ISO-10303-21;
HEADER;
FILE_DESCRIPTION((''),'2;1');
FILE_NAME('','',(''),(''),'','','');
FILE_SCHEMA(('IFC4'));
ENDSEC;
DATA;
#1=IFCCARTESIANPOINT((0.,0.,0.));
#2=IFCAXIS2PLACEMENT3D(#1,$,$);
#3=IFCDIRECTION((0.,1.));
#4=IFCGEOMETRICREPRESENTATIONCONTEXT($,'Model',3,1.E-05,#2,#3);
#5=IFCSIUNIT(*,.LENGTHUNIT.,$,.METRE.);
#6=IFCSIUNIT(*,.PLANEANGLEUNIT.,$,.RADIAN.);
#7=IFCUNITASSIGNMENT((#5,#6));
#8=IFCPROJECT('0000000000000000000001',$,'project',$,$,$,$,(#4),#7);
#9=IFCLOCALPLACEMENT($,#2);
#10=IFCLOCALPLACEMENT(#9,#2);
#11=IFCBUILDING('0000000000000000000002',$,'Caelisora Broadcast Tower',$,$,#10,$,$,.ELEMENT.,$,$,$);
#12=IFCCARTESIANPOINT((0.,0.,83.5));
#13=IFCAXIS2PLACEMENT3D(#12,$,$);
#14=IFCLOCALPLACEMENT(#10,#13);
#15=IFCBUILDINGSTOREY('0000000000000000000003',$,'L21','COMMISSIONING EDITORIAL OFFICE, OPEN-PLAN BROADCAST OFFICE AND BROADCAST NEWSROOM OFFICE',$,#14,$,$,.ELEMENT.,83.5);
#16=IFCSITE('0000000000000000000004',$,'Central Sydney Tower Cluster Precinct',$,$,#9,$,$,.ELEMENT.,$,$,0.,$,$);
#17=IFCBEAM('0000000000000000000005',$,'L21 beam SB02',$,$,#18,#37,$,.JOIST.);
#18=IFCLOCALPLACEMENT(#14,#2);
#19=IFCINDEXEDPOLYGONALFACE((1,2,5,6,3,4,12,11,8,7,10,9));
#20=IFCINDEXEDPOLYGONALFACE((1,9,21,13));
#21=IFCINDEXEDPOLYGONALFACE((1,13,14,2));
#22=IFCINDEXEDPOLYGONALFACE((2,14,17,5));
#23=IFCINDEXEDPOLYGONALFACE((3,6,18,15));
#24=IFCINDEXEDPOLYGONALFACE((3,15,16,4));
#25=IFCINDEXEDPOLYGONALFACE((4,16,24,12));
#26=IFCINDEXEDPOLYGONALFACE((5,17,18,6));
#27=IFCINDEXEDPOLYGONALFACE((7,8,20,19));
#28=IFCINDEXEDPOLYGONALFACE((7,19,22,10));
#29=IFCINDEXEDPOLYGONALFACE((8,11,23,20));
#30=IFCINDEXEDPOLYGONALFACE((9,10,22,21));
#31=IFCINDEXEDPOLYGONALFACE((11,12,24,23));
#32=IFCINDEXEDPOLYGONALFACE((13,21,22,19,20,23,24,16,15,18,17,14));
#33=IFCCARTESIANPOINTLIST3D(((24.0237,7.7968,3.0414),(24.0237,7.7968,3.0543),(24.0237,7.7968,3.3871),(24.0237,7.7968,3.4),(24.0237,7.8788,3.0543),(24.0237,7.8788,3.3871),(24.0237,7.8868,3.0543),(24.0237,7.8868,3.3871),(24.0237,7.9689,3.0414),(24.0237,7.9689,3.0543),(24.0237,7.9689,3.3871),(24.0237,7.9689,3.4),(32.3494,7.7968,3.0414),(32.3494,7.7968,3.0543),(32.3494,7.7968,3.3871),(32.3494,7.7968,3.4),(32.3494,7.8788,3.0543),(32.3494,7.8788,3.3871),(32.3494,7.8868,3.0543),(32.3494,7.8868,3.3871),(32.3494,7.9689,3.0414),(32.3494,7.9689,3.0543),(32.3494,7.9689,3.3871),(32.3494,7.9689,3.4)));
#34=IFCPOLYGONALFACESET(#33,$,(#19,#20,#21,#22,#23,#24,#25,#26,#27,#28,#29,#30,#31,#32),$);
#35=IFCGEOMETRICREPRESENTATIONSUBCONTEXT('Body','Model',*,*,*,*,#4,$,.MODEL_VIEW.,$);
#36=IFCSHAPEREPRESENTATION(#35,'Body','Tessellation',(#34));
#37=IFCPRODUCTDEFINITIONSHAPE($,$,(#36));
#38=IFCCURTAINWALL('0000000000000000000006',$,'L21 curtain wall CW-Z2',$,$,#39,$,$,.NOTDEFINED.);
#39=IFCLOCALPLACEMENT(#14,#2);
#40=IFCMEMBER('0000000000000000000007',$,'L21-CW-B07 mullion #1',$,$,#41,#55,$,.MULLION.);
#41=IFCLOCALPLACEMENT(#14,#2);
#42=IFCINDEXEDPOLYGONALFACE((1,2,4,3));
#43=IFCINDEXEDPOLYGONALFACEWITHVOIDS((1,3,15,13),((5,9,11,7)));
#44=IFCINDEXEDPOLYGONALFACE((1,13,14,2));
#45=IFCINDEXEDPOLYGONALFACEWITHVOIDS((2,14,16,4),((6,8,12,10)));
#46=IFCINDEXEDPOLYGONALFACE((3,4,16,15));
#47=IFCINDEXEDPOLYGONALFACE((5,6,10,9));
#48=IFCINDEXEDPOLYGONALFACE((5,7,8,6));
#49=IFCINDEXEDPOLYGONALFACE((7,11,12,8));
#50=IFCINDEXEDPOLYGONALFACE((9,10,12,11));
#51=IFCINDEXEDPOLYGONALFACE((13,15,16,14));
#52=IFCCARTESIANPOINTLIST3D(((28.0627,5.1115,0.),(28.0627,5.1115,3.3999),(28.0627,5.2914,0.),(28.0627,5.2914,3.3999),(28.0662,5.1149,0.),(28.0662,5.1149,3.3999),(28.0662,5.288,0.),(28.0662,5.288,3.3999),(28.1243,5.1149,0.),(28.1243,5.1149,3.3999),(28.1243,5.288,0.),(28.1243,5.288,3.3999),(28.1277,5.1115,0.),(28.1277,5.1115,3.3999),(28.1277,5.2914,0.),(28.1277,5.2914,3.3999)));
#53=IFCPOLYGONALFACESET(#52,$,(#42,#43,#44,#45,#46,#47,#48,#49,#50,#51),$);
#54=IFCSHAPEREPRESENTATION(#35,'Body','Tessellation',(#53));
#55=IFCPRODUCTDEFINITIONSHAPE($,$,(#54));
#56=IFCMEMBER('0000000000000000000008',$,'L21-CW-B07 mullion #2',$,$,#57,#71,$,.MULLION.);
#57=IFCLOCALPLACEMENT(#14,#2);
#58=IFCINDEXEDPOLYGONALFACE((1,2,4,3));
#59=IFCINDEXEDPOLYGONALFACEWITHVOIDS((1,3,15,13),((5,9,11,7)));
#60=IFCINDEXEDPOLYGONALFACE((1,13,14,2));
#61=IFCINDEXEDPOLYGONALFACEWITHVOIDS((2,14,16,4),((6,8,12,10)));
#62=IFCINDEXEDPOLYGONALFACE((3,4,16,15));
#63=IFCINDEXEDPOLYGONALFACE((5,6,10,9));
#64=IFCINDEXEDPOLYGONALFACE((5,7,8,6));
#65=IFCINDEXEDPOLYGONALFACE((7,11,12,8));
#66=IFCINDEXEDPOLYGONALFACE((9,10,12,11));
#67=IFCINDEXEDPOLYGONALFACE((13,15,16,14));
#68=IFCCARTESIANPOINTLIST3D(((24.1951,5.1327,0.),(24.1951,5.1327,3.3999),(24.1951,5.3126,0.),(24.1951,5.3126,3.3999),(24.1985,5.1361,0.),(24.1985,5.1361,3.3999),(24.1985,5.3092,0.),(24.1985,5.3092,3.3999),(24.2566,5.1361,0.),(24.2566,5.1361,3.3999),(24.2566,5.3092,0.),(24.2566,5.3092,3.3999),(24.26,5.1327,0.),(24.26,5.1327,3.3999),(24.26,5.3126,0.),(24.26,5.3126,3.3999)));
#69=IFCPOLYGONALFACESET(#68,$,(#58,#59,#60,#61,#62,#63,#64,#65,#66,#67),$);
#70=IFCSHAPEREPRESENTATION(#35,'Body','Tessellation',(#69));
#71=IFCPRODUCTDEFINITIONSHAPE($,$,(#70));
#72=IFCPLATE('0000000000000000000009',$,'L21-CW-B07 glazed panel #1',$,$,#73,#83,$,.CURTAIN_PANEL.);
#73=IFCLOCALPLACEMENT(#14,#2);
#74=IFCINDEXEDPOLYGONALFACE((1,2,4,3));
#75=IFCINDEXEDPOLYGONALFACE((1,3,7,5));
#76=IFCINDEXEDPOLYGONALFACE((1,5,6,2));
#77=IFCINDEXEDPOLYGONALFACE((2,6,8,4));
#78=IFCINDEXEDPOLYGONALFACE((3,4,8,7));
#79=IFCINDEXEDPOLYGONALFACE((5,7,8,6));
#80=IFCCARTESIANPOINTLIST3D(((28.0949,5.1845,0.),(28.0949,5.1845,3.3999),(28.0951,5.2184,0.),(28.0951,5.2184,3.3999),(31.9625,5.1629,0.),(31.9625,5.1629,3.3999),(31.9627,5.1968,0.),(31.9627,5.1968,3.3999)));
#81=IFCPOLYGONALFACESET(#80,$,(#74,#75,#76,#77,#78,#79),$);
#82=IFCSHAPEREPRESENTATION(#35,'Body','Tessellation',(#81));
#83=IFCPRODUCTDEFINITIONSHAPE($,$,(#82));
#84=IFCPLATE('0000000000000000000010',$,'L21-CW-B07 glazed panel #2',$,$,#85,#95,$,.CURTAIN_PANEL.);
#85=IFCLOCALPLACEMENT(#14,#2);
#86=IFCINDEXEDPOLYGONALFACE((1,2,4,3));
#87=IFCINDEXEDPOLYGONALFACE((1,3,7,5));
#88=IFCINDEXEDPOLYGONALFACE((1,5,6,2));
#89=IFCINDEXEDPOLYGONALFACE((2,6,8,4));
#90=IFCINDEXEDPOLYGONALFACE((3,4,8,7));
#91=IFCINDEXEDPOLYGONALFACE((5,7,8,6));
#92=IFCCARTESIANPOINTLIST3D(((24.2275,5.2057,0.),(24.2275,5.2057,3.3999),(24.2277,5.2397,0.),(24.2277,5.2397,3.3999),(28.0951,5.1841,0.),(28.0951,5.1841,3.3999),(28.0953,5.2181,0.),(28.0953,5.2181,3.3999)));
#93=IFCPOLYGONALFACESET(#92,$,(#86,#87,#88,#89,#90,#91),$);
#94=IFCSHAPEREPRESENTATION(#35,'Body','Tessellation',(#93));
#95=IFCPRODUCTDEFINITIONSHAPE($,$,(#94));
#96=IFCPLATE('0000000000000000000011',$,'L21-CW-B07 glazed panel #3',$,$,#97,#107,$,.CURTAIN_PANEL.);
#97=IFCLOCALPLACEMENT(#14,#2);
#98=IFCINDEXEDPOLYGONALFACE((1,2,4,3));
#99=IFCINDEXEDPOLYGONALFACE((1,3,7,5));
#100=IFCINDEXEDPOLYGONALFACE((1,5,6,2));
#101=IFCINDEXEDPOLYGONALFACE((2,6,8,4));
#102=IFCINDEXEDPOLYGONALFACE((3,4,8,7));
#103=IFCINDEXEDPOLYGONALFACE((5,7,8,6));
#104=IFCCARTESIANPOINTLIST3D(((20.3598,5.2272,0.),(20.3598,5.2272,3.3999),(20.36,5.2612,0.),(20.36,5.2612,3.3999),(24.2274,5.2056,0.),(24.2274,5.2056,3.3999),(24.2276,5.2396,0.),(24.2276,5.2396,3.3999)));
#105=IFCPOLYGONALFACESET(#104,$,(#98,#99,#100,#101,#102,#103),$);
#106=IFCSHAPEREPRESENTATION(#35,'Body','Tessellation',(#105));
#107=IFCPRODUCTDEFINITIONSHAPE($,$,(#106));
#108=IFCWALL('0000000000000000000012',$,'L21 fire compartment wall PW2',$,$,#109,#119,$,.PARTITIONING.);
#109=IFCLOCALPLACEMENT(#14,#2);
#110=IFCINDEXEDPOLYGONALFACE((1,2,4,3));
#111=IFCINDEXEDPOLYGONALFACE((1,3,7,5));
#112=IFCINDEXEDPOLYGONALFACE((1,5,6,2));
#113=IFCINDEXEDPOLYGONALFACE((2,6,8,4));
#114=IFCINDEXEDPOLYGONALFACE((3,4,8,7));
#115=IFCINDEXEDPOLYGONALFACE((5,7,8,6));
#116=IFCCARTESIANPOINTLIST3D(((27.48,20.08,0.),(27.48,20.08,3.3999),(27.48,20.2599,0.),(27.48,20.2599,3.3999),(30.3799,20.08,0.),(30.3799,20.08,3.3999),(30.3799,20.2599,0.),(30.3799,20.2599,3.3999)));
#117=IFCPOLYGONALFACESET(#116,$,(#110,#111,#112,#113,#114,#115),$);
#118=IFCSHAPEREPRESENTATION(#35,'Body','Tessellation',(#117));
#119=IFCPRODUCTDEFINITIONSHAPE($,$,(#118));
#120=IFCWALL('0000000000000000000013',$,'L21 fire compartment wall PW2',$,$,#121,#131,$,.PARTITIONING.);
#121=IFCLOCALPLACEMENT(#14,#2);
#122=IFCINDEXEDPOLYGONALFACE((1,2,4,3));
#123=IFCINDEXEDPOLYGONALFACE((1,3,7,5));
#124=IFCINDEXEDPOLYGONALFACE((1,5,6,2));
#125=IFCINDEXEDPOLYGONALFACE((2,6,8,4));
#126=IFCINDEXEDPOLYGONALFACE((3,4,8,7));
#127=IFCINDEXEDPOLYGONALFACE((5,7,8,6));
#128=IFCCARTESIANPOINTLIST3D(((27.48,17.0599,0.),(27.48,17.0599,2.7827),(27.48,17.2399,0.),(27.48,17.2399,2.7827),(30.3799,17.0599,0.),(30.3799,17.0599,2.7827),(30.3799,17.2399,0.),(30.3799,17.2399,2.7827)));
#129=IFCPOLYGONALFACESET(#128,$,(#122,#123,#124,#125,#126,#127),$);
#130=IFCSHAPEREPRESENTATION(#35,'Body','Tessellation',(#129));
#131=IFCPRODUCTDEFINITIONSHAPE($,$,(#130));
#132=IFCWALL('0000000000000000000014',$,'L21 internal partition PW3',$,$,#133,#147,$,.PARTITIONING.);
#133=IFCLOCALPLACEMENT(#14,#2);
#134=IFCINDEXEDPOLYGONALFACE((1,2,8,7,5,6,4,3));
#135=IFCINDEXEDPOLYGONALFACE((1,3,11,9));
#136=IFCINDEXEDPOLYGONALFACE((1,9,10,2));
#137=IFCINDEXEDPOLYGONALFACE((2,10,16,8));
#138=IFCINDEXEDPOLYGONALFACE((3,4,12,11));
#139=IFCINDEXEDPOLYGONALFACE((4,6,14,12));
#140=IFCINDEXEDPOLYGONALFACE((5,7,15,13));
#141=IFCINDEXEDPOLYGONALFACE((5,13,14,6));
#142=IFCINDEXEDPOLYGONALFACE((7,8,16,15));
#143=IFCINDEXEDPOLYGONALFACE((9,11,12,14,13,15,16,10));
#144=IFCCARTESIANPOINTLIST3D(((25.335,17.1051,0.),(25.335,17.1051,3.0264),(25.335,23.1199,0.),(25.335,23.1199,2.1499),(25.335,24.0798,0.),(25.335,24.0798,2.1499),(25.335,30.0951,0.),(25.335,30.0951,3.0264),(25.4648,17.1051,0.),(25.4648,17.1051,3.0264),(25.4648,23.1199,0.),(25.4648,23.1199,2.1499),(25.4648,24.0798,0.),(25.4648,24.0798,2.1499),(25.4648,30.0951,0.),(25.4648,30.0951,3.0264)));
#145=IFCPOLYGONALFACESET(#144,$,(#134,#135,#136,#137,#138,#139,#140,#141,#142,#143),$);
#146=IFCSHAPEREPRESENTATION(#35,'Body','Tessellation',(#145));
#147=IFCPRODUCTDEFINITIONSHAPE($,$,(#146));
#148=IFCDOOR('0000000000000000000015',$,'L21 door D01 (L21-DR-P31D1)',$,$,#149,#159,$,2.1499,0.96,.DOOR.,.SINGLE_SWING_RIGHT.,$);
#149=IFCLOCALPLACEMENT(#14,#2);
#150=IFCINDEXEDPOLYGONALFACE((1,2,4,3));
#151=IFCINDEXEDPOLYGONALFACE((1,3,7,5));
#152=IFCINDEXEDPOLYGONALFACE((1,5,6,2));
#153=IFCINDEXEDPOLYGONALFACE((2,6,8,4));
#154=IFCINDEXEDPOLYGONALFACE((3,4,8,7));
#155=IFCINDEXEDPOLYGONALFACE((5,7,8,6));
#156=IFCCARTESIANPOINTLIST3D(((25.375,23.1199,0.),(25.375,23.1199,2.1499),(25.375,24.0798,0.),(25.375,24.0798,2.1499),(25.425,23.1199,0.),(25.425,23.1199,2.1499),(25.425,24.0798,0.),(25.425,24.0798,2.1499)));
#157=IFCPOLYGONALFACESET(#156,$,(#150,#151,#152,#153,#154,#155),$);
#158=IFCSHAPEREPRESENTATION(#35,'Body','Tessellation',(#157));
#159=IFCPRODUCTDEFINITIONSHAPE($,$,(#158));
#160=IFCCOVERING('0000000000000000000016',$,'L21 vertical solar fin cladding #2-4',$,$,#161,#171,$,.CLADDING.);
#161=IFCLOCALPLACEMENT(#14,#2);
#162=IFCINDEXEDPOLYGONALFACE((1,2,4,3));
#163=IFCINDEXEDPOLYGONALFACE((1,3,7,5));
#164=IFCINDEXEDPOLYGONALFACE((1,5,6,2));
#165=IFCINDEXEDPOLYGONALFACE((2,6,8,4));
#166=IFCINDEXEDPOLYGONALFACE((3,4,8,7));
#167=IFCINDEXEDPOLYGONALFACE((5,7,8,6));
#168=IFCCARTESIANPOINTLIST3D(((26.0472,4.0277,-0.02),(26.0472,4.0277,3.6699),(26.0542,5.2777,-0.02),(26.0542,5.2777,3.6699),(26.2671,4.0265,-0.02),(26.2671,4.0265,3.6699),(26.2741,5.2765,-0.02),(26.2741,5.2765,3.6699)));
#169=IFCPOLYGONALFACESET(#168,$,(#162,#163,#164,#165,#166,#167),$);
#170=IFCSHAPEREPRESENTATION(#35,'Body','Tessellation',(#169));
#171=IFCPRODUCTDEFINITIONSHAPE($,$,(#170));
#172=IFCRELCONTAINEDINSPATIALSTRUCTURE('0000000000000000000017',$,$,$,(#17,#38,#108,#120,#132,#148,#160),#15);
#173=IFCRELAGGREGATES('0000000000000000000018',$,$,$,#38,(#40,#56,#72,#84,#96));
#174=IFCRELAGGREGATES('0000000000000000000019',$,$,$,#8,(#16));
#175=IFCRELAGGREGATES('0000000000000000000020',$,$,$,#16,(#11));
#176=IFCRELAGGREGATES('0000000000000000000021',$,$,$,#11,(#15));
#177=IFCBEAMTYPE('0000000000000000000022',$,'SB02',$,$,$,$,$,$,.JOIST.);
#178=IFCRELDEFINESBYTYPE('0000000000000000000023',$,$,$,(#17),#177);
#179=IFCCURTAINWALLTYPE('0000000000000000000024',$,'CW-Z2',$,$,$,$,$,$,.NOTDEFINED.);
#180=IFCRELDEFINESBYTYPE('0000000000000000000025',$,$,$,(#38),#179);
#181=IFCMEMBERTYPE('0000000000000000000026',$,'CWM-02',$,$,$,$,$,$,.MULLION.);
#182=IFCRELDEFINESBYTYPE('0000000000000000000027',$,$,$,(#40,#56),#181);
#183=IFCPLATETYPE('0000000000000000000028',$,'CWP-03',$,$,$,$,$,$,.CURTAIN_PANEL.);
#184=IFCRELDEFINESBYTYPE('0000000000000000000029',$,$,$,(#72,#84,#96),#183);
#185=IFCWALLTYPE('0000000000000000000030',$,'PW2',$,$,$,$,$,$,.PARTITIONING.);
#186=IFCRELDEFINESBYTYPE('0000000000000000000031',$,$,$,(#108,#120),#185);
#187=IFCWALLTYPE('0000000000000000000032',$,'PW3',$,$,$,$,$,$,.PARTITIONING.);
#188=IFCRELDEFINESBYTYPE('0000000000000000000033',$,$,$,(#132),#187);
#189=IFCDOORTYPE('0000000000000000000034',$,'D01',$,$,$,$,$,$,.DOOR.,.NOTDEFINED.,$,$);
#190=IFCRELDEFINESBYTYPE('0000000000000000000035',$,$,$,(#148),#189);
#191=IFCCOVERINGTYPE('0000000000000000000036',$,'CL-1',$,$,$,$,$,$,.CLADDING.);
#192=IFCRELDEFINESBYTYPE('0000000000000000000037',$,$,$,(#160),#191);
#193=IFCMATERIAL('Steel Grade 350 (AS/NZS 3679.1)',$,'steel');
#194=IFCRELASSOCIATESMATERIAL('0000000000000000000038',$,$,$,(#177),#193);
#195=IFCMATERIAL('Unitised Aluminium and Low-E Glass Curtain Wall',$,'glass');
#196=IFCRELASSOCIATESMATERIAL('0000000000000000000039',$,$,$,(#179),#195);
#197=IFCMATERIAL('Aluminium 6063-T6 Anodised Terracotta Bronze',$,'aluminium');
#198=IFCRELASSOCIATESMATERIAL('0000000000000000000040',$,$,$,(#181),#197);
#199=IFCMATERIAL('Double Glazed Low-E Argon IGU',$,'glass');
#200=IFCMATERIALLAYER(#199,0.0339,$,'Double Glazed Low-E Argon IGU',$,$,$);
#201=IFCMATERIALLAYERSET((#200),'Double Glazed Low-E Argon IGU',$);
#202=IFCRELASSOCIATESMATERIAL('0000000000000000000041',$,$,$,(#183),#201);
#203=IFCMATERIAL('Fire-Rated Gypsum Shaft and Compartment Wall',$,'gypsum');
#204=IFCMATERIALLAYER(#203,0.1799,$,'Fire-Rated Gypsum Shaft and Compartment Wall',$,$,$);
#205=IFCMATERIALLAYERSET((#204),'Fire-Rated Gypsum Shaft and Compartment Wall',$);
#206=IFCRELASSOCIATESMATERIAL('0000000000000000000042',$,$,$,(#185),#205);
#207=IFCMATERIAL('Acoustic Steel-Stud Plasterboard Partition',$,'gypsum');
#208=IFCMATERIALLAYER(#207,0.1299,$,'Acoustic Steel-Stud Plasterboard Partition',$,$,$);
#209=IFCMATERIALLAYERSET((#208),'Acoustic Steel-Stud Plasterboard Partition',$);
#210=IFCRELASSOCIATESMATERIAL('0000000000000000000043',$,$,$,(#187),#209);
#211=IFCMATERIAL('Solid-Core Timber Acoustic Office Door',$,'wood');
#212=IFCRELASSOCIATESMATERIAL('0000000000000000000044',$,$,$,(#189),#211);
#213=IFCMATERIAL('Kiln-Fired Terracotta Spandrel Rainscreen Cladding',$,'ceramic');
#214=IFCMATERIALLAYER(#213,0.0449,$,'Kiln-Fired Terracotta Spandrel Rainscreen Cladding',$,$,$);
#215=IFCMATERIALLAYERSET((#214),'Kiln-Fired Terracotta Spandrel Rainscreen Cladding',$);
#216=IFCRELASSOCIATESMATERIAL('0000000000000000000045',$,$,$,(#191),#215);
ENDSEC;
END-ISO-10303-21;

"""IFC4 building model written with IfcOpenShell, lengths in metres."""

from ifc_helpers import new_model, si_unit, direction, frame, frame_2d, origin, origin_2d, place, context, subcontext, project, spatial, rectangle, hollow_rectangle, i_section, extrude, source, transform, mapped, material, layer, layer_set, material_profile, profile_set, type_object, type_shapes, element, fill, aggregate, save


model = new_model("IFC4")

# Units and contexts
model_context = context("Model", 3, precision=1e-05, world=origin(), true_north=direction((0.0, 1.0)))
body_context = subcontext(model_context, "Body", "Model", "MODEL_VIEW")
ifc_project = project(units=[si_unit("LENGTHUNIT", "METRE"), si_unit("PLANEANGLEUNIT", "RADIAN")], contexts=[model_context])

# Site, building, storey
site_placement = place(None, origin())
site = spatial("IfcSite", under=ifc_project, at=site_placement, Name="Central Sydney Tower Cluster Precinct", CompositionType="ELEMENT", RefElevation=0.0)
building_placement = place(site_placement, origin())
building = spatial("IfcBuilding", under=site, at=building_placement, Name="Caelisora Broadcast Tower", CompositionType="ELEMENT")
storey_placement = place(building_placement, frame((0.0, 0.0, 83.5)))
storey = spatial("IfcBuildingStorey", under=building, at=storey_placement, Name="L21", Description="COMMISSIONING EDITORIAL OFFICE, OPEN-PLAN BROADCAST OFFICE AND BROADCAST NEWSROOM OFFICE", CompositionType="ELEMENT", Elevation=83.5)

# Beam
ifc_material_1 = material(Name="Steel Grade 350 (AS/NZS 3679.1)", Category="steel")
ifc_material_profile_1 = material_profile(ifc_material_1, i_section(OverallWidth=0.1721, OverallDepth=0.3586, WebThickness=0.0081, FlangeThickness=0.0129, at=origin_2d()), Name="Steel Grade 350 (AS/NZS 3679.1)")
ifc_profile_set_1 = profile_set([ifc_material_profile_1], Name="Steel Grade 350 (AS/NZS 3679.1)")
beam_type_1 = type_object("IfcBeamType", Name="SB02", PredefinedType="JOIST", material=ifc_profile_set_1)
shared_shape_1 = source(origin(), body_context, "Body", "SweptSolid", [
    extrude(i_section(OverallWidth=0.1721, OverallDepth=0.3586, WebThickness=0.0081, FlangeThickness=0.0129, at=origin_2d()), origin(), (0.0, 0.0, 1.0), 8.3257),
])
beam_1_placement = place(storey_placement, frame((24.0237, 7.8828, 3.2207), z_axis=(1.0, 0.0, 0.0), x_axis=(0.0, 1.0, 0.0)))
element("IfcBeam", 1, at=beam_1_placement, inside=storey, type_object=beam_type_1, Name="L21 beam SB02", PredefinedType="JOIST", context=body_context, shape_type="MappedRepresentation", body=[
    mapped(shared_shape_1, transform((0.0, 0.0, 0.0), scale=1.0)),
])

# Curtain wall, members, plates
ifc_material_2 = material(Name="Unitised Aluminium and Low-E Glass Curtain Wall", Category="glass")
curtain_wall_type = type_object("IfcCurtainWallType", Name="CW-Z2", PredefinedType="NOTDEFINED", material=ifc_material_2)
curtain_wall_placement = place(storey_placement, origin())
curtain_wall = element("IfcCurtainWall", 2, at=curtain_wall_placement, inside=storey, type_object=curtain_wall_type, Name="L21 curtain wall CW-Z2", PredefinedType="NOTDEFINED")
ifc_material_3 = material(Name="Aluminium 6063-T6 Anodised Terracotta Bronze", Category="aluminium")
ifc_material_profile_2 = material_profile(ifc_material_3, hollow_rectangle(XDim=0.0649, YDim=0.1799, WallThickness=0.0034, at=origin_2d()), Name="Aluminium 6063-T6 Anodised Terracotta Bronze")
ifc_profile_set_2 = profile_set([ifc_material_profile_2], Name="Aluminium 6063-T6 Anodised Terracotta Bronze")
member_type = type_object("IfcMemberType", Name="CWM-02", PredefinedType="MULLION", material=ifc_profile_set_2)
shared_shape_2 = source(origin(), body_context, "Body", "SweptSolid", [
    extrude(hollow_rectangle(XDim=0.0649, YDim=0.1799, WallThickness=0.0034, at=origin_2d()), origin(), (0.0, 0.0, 1.0), 3.3999),
])
type_shapes(member_type, [shared_shape_2])
member_1_placement = place(storey_placement, frame((28.0952, 5.2014, 0.0), z_axis=(0.0, 0.0, 1.0), x_axis=(1.0, 0.0, 0.0)))
member_1 = element("IfcMember", 3, at=member_1_placement, type_object=member_type, Name="L21-CW-B07 mullion #1", PredefinedType="MULLION", context=body_context, shape_type="MappedRepresentation", body=[
    mapped(shared_shape_2, transform((0.0, 0.0, 0.0), scale=1.0)),
])
member_2_placement = place(storey_placement, frame((24.2275, 5.2227, 0.0), z_axis=(0.0, 0.0, 1.0), x_axis=(1.0, 0.0, 0.0)))
member_2 = element("IfcMember", 4, at=member_2_placement, type_object=member_type, Name="L21-CW-B07 mullion #2", PredefinedType="MULLION", context=body_context, shape_type="MappedRepresentation", body=[
    mapped(shared_shape_2, transform((0.0, 0.0, 0.0), scale=1.0)),
])
ifc_material_4 = material(Name="Double Glazed Low-E Argon IGU", Category="glass")
ifc_layer_1 = layer(ifc_material_4, 0.0339, Name="Double Glazed Low-E Argon IGU")
ifc_layer_set_1 = layer_set([ifc_layer_1], Name="Double Glazed Low-E Argon IGU")
plate_type = type_object("IfcPlateType", Name="CWP-03", PredefinedType="CURTAIN_PANEL", material=ifc_layer_set_1)
shared_shape_3 = source(origin(), body_context, "Body", "SweptSolid", [
    extrude(rectangle(XDim=3.8677, YDim=0.0339, at=origin_2d()), origin(), (0.0, 0.0, 1.0), 3.3999),
])
type_shapes(plate_type, [shared_shape_3])
plate_1_placement = place(storey_placement, frame((30.0288, 5.1907, 0.0), z_axis=(0.0, 0.0, 1.0), x_axis=(-0.999984, 0.005585, 0.0)))
plate_1 = element("IfcPlate", 5, at=plate_1_placement, type_object=plate_type, Name="L21-CW-B07 glazed panel #1", PredefinedType="CURTAIN_PANEL", context=body_context, shape_type="MappedRepresentation", body=[
    mapped(shared_shape_3, transform((0.0, 0.0, 0.0), scale=1.0)),
])
plate_2_placement = place(storey_placement, frame((26.1614, 5.2119, 0.0), z_axis=(0.0, 0.0, 1.0), x_axis=(-0.999984, 0.005585, 0.0)))
plate_2 = element("IfcPlate", 6, at=plate_2_placement, type_object=plate_type, Name="L21-CW-B07 glazed panel #2", PredefinedType="CURTAIN_PANEL", context=body_context, shape_type="MappedRepresentation", body=[
    mapped(shared_shape_3, transform((0.0, 0.0, 0.0), scale=1.0)),
])
plate_3_placement = place(storey_placement, frame((22.2937, 5.2334, 0.0), z_axis=(0.0, 0.0, 1.0), x_axis=(-0.999984, 0.005585, 0.0)))
plate_3 = element("IfcPlate", 7, at=plate_3_placement, type_object=plate_type, Name="L21-CW-B07 glazed panel #3", PredefinedType="CURTAIN_PANEL", context=body_context, shape_type="MappedRepresentation", body=[
    mapped(shared_shape_3, transform((0.0, 0.0, 0.0), scale=1.0)),
])
aggregate(curtain_wall, [member_1, member_2, plate_1, plate_2, plate_3])

# Wall
ifc_material_5 = material(Name="Fire-Rated Gypsum Shaft and Compartment Wall", Category="gypsum")
ifc_layer_2 = layer(ifc_material_5, 0.1799, Name="Fire-Rated Gypsum Shaft and Compartment Wall")
ifc_layer_set_2 = layer_set([ifc_layer_2], Name="Fire-Rated Gypsum Shaft and Compartment Wall")
wall_type_1 = type_object("IfcWallType", Name="PW2", PredefinedType="PARTITIONING", material=ifc_layer_set_2)
wall_1_placement = place(storey_placement, frame((27.48, 20.1699, 0.0), z_axis=(0.0, 0.0, 1.0), x_axis=(1.0, 0.0, 0.0)))
element("IfcWall", 8, at=wall_1_placement, inside=storey, type_object=wall_type_1, Name="L21 fire compartment wall PW2", PredefinedType="PARTITIONING", context=body_context, shape_type="SweptSolid", body=[
    extrude(rectangle(XDim=2.8999, YDim=0.1799, at=frame_2d((1.45, 0.0))), origin(), (0.0, 0.0, 1.0), 3.3999),
])

# Wall
wall_2_placement = place(storey_placement, frame((27.48, 17.1499, 0.0), z_axis=(0.0, 0.0, 1.0), x_axis=(1.0, 0.0, 0.0)))
element("IfcWall", 9, at=wall_2_placement, inside=storey, type_object=wall_type_1, Name="L21 fire compartment wall PW2", PredefinedType="PARTITIONING", context=body_context, shape_type="SweptSolid", body=[
    extrude(rectangle(XDim=2.8999, YDim=0.1799, at=frame_2d((1.45, 0.0))), origin(), (0.0, 0.0, 1.0), 2.7827),
])

# Wall, opening, door
ifc_material_6 = material(Name="Acoustic Steel-Stud Plasterboard Partition", Category="gypsum")
ifc_layer_3 = layer(ifc_material_6, 0.1299, Name="Acoustic Steel-Stud Plasterboard Partition")
ifc_layer_set_3 = layer_set([ifc_layer_3], Name="Acoustic Steel-Stud Plasterboard Partition")
wall_type_2 = type_object("IfcWallType", Name="PW3", PredefinedType="PARTITIONING", material=ifc_layer_set_3)
wall_3_placement = place(storey_placement, frame((25.3999, 17.105, 0.0), z_axis=(0.0, 0.0, 1.0), x_axis=(0.0, 1.0, 0.0)))
wall_3 = element("IfcWall", 10, at=wall_3_placement, inside=storey, type_object=wall_type_2, Name="L21 internal partition PW3", PredefinedType="PARTITIONING", context=body_context, shape_type="SweptSolid", body=[
    extrude(rectangle(XDim=12.99, YDim=0.1299, at=frame_2d((6.4951, 0.0))), origin(), (0.0, 0.0, 1.0), 3.0264),
])
opening_1_placement = place(wall_3_placement, frame((6.0149, 0.0, 0.0)))
opening_1 = element("IfcOpeningElement", 11, at=opening_1_placement, cuts=wall_3, PredefinedType="OPENING", context=body_context, shape_type="SweptSolid", body=[
    extrude(rectangle(XDim=0.96, YDim=2.1499, at=frame_2d((0.48, 1.075))), frame((0.0, 0.0769, 0.0), z_axis=(0.0, -1.0, 0.0), x_axis=(1.0, 0.0, 0.0)), (0.0, 0.0, 1.0), 0.1538),
])
ifc_material_7 = material(Name="Solid-Core Timber Acoustic Office Door", Category="wood")
door_type_1 = type_object("IfcDoorType", Name="D01", OperationType="NOTDEFINED", PredefinedType="DOOR", material=ifc_material_7)
door_1_placement = place(opening_1_placement, origin())
door_1 = element("IfcDoor", 12, at=door_1_placement, inside=storey, type_object=door_type_1, Name="L21 door D01 (L21-DR-P31D1)", OperationType="SINGLE_SWING_RIGHT", OverallHeight=2.1499, OverallWidth=0.96, PredefinedType="DOOR", context=body_context, shape_type="SweptSolid", body=[
    extrude(rectangle(XDim=0.96, YDim=2.1499, at=frame_2d((0.48, 1.075))), frame((0.0, 0.0249, 0.0), z_axis=(0.0, -1.0, 0.0), x_axis=(1.0, 0.0, 0.0)), (0.0, 0.0, 1.0), 0.05),
])
fill(opening_1, door_1)

# Covering
ifc_material_8 = material(Name="Kiln-Fired Terracotta Spandrel Rainscreen Cladding", Category="ceramic")
ifc_layer_4 = layer(ifc_material_8, 0.0449, Name="Kiln-Fired Terracotta Spandrel Rainscreen Cladding")
ifc_layer_set_4 = layer_set([ifc_layer_4], Name="Kiln-Fired Terracotta Spandrel Rainscreen Cladding")
covering_type = type_object("IfcCoveringType", Name="CL-1", PredefinedType="CLADDING", material=ifc_layer_set_4)
shared_shape_4 = source(origin(), body_context, "Body", "SweptSolid", [
    extrude(rectangle(XDim=0.22, YDim=1.25, at=origin_2d()), origin(), (0.0, 0.0, 1.0), 3.6899),
])
type_shapes(covering_type, [shared_shape_4])
covering_placement = place(storey_placement, frame((26.1606, 4.6521, -0.02), z_axis=(0.0, 0.0, 1.0), x_axis=(-0.999984, 0.005585, 0.0)))
element("IfcCovering", 13, at=covering_placement, inside=storey, type_object=covering_type, Name="L21 vertical solar fin cladding #2-4", PredefinedType="CLADDING", context=body_context, shape_type="MappedRepresentation", body=[
    mapped(shared_shape_4, transform((0.0, 0.0, 0.0), scale=1.0)),
])

save(model, "model.ifc")
